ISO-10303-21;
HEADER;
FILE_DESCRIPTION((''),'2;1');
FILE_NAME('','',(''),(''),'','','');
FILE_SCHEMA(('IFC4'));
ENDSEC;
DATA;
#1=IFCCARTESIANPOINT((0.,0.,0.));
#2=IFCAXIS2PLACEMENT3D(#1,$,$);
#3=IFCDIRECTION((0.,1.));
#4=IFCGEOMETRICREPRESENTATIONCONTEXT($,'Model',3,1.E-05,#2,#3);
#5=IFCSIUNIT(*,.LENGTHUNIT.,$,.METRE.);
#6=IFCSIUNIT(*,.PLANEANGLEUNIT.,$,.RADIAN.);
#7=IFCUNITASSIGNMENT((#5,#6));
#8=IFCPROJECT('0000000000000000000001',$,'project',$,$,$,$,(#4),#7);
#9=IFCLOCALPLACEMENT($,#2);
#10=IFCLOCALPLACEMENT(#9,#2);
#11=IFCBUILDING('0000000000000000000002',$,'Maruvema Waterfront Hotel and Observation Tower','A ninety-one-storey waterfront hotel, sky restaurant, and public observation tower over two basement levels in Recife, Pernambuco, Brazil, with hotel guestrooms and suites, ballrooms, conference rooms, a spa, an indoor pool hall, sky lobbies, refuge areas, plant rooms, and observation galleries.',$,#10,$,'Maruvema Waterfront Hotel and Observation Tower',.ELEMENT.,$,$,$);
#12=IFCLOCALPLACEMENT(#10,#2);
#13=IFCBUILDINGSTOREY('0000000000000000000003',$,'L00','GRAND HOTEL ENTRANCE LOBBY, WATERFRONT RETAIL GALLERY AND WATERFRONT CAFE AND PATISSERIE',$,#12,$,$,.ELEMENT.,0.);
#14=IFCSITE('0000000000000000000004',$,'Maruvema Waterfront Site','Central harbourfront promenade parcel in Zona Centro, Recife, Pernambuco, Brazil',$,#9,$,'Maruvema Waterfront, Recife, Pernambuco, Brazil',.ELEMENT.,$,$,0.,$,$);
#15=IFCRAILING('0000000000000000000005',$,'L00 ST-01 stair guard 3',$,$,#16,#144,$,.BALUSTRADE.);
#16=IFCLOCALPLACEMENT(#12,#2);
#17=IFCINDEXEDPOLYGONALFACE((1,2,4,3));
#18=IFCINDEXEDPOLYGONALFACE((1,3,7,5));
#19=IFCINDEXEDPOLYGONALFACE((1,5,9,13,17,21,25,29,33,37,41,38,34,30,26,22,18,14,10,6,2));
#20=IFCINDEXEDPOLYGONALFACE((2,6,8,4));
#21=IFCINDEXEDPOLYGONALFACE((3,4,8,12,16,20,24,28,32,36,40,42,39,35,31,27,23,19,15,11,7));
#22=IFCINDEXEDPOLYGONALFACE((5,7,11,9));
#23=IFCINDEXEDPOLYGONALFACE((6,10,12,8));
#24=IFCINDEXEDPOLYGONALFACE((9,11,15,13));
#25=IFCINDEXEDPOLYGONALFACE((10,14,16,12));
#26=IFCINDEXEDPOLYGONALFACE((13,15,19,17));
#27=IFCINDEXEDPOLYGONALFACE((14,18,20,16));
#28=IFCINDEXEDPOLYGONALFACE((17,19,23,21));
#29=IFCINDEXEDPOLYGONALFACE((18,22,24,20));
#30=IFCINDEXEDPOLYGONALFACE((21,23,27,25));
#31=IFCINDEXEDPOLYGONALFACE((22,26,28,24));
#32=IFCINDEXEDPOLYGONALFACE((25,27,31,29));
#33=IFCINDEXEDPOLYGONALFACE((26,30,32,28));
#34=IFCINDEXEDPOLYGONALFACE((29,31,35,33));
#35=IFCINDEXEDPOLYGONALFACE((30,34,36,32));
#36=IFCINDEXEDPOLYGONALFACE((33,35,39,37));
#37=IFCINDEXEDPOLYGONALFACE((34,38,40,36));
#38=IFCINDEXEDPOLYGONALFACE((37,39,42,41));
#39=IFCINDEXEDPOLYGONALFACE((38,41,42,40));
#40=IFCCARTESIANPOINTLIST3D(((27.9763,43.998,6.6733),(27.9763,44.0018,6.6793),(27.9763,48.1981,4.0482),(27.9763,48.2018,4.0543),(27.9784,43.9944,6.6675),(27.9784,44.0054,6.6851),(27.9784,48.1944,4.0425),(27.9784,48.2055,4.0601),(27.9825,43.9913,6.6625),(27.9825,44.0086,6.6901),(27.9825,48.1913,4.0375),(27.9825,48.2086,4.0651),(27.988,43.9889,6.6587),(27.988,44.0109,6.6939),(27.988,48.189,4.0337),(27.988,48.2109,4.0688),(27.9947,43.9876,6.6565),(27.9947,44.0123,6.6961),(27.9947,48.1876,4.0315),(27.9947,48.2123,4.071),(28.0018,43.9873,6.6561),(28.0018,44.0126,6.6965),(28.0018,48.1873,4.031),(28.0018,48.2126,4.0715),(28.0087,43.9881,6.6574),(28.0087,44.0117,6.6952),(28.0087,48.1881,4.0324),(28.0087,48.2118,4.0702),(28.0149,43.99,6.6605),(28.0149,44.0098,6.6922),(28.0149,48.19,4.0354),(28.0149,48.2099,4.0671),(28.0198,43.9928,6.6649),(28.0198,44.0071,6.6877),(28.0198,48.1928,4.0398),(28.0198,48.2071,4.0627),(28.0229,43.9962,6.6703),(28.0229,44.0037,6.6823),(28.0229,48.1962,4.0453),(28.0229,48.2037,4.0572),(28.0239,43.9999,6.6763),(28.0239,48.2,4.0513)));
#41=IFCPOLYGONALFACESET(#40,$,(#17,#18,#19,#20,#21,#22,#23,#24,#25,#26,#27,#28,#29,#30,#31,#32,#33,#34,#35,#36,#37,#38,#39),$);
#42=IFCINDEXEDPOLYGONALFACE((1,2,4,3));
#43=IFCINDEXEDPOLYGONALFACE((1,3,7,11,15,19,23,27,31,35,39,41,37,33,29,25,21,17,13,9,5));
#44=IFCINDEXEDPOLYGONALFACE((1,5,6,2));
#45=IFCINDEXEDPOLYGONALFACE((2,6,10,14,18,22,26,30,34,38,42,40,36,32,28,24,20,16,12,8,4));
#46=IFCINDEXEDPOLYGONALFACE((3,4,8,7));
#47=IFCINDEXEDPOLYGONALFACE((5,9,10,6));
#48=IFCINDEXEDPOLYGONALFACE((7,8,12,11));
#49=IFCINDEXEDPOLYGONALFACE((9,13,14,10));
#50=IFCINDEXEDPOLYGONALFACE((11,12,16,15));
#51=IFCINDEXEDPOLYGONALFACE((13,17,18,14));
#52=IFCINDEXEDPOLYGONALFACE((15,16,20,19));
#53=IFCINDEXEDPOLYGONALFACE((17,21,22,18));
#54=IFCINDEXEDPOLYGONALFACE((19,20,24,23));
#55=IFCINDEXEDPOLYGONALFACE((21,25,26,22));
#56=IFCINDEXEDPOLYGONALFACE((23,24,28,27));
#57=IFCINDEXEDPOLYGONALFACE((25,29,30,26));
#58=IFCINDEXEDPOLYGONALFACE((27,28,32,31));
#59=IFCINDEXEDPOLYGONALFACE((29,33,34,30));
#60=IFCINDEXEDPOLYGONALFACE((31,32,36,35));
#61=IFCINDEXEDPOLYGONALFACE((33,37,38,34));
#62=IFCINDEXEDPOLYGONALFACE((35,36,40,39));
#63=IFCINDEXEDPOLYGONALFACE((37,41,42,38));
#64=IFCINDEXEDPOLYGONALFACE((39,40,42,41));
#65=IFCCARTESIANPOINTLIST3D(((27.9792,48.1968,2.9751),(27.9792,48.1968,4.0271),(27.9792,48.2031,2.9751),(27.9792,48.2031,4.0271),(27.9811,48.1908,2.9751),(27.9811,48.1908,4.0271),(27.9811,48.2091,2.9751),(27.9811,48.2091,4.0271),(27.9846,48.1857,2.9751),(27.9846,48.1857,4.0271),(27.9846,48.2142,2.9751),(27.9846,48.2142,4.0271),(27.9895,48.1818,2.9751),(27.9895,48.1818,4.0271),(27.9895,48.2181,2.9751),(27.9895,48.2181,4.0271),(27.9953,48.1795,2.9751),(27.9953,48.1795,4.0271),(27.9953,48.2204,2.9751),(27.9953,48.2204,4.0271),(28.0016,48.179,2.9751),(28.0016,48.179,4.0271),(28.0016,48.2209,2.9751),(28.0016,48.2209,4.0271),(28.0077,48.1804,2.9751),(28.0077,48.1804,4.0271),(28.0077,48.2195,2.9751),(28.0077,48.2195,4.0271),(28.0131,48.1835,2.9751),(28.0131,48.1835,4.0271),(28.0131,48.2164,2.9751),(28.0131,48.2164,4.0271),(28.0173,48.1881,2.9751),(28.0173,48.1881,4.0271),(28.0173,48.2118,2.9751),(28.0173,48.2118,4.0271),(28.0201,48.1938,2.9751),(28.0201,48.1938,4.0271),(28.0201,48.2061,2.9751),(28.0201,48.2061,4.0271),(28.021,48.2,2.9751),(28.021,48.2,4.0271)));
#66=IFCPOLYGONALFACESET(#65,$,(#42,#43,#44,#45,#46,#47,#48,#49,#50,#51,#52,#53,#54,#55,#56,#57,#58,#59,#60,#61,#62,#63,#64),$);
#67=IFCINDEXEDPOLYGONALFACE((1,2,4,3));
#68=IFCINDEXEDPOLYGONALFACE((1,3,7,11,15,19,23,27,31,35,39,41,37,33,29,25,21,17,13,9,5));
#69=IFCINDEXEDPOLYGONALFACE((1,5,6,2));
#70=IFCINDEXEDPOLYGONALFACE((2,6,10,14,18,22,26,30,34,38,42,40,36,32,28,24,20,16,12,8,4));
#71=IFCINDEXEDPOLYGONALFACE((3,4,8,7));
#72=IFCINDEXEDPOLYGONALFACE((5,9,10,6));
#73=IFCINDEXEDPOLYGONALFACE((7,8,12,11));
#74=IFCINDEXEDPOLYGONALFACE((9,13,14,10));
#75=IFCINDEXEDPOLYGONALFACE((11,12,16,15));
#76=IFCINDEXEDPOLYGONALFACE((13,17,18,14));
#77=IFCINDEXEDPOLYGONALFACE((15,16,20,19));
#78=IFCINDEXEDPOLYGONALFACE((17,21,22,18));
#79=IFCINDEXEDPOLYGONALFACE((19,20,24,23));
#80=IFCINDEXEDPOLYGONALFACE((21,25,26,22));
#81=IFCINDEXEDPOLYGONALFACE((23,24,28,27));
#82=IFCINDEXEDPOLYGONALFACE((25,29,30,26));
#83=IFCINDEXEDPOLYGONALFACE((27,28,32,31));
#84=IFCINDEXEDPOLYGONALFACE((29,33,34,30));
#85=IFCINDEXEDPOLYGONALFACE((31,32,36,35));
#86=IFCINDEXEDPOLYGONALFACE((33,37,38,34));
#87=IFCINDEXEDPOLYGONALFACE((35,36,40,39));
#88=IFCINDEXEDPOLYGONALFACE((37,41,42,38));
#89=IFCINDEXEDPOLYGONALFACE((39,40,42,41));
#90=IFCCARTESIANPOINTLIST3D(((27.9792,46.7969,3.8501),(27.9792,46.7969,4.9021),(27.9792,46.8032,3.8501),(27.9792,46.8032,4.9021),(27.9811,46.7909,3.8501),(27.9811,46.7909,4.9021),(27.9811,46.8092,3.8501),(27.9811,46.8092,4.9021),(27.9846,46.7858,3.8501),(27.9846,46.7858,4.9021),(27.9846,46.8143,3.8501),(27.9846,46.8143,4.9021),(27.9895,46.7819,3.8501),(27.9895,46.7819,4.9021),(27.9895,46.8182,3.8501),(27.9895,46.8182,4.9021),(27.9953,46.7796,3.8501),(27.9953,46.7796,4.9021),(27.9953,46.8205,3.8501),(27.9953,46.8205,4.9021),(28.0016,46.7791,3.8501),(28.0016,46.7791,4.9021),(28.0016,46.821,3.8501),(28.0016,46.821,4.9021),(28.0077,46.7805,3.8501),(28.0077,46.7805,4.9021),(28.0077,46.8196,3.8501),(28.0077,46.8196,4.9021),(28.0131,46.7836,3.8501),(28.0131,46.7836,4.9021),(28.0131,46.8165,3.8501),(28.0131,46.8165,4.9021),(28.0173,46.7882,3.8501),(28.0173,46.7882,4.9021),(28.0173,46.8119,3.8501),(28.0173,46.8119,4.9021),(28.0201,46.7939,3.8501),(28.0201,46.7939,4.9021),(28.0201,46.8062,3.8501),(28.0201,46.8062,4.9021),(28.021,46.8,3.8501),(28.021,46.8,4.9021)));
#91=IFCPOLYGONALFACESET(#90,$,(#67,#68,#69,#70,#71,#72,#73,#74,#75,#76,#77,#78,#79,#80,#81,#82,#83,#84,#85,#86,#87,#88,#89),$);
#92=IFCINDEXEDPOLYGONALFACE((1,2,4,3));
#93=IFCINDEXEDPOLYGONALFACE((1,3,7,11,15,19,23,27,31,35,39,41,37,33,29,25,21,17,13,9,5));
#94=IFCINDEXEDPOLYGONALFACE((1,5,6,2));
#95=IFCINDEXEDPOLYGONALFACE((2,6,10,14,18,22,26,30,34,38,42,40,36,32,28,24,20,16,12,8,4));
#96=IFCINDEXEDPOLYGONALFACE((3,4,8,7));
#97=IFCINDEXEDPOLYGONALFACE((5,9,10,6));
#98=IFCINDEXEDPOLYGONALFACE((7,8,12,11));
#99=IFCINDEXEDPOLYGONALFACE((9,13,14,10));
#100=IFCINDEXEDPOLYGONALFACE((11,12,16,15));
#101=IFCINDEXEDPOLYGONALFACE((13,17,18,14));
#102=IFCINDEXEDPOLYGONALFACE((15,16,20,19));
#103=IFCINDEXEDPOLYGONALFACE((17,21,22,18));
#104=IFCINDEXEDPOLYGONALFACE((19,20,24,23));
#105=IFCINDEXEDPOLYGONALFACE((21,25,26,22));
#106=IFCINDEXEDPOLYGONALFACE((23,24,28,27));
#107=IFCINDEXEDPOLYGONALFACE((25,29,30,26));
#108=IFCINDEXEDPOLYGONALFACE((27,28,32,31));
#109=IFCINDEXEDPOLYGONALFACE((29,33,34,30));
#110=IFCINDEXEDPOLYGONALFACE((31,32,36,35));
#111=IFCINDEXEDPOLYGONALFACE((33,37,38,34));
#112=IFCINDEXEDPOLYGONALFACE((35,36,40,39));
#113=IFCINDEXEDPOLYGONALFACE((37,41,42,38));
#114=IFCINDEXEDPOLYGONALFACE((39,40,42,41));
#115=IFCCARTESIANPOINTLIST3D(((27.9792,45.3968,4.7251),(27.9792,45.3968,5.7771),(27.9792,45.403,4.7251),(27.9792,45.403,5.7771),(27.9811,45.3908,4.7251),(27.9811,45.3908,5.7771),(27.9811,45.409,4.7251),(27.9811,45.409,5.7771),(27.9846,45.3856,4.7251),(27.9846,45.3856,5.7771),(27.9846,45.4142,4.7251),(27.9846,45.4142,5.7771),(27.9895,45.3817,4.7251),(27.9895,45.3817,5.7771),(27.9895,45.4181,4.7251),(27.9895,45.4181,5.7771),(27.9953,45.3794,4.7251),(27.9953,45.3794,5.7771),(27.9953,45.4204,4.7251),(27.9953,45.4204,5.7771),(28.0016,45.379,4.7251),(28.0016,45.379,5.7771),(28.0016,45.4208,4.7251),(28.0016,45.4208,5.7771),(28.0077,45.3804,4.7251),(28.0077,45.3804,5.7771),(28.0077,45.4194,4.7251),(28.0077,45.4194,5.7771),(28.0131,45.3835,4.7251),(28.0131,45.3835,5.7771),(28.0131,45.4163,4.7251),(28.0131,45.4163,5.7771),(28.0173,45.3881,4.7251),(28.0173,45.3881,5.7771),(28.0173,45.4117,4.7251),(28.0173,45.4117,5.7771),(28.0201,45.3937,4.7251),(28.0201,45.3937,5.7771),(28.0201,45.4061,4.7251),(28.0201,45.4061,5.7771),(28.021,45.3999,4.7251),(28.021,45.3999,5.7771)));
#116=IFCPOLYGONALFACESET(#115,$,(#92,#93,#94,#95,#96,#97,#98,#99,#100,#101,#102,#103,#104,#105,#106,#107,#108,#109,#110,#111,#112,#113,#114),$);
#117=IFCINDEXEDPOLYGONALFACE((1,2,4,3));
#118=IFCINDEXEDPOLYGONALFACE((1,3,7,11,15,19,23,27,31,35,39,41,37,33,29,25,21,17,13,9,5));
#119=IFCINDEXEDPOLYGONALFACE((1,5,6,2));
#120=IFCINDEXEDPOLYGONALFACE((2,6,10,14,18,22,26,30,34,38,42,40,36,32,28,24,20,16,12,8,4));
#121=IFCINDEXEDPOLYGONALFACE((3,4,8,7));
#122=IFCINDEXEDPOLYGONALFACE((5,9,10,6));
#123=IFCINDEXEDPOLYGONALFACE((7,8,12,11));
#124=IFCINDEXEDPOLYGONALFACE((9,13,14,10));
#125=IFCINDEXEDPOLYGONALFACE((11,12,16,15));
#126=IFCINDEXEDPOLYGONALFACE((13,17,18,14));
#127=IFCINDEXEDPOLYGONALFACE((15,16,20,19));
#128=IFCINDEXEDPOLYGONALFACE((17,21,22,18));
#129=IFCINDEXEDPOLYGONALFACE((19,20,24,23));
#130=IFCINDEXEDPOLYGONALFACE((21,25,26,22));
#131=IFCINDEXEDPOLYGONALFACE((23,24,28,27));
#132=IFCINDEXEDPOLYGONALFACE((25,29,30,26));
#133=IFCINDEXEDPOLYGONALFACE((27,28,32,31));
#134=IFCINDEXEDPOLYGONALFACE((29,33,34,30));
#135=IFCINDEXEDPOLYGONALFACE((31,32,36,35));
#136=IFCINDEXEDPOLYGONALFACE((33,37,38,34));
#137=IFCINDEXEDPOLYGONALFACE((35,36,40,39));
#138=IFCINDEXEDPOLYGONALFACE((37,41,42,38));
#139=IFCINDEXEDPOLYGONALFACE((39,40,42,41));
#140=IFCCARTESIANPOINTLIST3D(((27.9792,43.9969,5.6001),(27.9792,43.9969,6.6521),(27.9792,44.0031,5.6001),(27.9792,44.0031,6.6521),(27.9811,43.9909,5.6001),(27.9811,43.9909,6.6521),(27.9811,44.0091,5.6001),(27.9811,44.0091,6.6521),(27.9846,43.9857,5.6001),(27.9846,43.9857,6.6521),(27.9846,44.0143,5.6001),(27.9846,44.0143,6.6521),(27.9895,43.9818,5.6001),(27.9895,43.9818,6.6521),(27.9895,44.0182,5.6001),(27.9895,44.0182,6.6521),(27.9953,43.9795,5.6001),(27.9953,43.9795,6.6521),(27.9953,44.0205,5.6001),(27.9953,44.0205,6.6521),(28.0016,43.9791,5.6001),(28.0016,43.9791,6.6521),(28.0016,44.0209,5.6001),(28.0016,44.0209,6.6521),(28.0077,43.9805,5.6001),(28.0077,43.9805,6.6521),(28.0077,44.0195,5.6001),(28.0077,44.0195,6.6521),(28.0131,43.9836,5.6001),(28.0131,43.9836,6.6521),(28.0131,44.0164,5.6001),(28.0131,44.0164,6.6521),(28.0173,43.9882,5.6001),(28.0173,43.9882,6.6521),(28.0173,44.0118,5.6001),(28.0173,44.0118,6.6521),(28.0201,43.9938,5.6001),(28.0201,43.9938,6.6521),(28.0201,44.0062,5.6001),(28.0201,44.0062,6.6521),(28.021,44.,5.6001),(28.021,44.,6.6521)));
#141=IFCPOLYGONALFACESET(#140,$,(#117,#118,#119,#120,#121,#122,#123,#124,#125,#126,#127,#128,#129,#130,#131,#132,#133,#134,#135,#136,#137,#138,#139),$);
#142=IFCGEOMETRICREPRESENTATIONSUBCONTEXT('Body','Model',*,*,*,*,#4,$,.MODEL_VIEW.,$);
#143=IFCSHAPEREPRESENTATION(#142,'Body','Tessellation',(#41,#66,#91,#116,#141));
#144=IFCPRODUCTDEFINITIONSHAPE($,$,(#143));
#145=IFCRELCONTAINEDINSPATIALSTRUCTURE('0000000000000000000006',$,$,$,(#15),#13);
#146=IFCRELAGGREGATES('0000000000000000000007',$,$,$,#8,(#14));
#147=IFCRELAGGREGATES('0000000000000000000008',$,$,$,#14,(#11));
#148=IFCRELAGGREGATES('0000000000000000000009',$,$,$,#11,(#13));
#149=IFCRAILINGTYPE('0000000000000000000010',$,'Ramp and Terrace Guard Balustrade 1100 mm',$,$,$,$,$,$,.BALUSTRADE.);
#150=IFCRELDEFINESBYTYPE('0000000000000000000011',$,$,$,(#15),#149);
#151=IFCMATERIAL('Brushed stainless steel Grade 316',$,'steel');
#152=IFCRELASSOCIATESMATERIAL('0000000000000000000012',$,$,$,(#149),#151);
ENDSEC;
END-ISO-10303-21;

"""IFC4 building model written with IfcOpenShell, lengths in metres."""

from ifc_helpers import new_model, si_unit, direction, frame, origin, origin_2d, place, context, subcontext, project, spatial, circle, extrude, material, type_object, element, save


model = new_model("IFC4")

# Units and contexts
model_context = context("Model", 3, precision=1e-05, world=origin(), true_north=direction((0.0, 1.0)))
body_context = subcontext(model_context, "Body", "Model", "MODEL_VIEW")
ifc_project = project(units=[si_unit("LENGTHUNIT", "METRE"), si_unit("PLANEANGLEUNIT", "RADIAN")], contexts=[model_context])

# Site, building, storey
site_placement = place(None, origin())
site = spatial("IfcSite", under=ifc_project, at=site_placement, Name="Maruvema Waterfront Site", Description="Central harbourfront promenade parcel in Zona Centro, Recife, Pernambuco, Brazil", LongName="Maruvema Waterfront, Recife, Pernambuco, Brazil", CompositionType="ELEMENT", RefElevation=0.0)
building_placement = place(site_placement, origin())
building = spatial("IfcBuilding", under=site, at=building_placement, Name="Maruvema Waterfront Hotel and Observation Tower", Description="A ninety-one-storey waterfront hotel, sky restaurant, and public observation tower over two basement levels in Recife, Pernambuco, Brazil, with hotel guestrooms and suites, ballrooms, conference rooms, a spa, an indoor pool hall, sky lobbies, refuge areas, plant rooms, and observation galleries.", LongName="Maruvema Waterfront Hotel and Observation Tower", CompositionType="ELEMENT")
storey_placement = place(building_placement, origin())
storey = spatial("IfcBuildingStorey", under=building, at=storey_placement, Name="L00", Description="GRAND HOTEL ENTRANCE LOBBY, WATERFRONT RETAIL GALLERY AND WATERFRONT CAFE AND PATISSERIE", CompositionType="ELEMENT", Elevation=0.0)

# Railing
ifc_material_1 = material(Name="Brushed stainless steel Grade 316", Category="steel")
railing_type_1 = type_object("IfcRailingType", Name="Ramp and Terrace Guard Balustrade 1100 mm", PredefinedType="BALUSTRADE", material=ifc_material_1)
railing_1_placement = place(storey_placement, frame((28.0, 48.2, 2.9751)))
element("IfcRailing", 1, at=railing_1_placement, inside=storey, type_object=railing_type_1, Name="L00 ST-01 stair guard 3", PredefinedType="BALUSTRADE", context=body_context, shape_type="SweptSolid", body=[
    extrude(circle(Radius=0.0239, at=origin_2d()), frame((0.0, 0.0, 1.0762), z_axis=(0.0, -0.847996, 0.530003), x_axis=(1.0, 0.0, 0.0)), (0.0, 0.0, 1.0), 4.9529),
    extrude(circle(Radius=0.021, at=origin_2d()), origin(), (0.0, 0.0, 1.0), 1.052),
    extrude(circle(Radius=0.021, at=origin_2d()), frame((0.0, -1.3999, 0.875)), (0.0, 0.0, 1.0), 1.052),
    extrude(circle(Radius=0.021, at=origin_2d()), frame((0.0, -2.8, 1.75)), (0.0, 0.0, 1.0), 1.052),
    extrude(circle(Radius=0.021, at=origin_2d()), frame((0.0, -4.2, 2.625)), (0.0, 0.0, 1.0), 1.052),
])

save(model, "model.ifc")
